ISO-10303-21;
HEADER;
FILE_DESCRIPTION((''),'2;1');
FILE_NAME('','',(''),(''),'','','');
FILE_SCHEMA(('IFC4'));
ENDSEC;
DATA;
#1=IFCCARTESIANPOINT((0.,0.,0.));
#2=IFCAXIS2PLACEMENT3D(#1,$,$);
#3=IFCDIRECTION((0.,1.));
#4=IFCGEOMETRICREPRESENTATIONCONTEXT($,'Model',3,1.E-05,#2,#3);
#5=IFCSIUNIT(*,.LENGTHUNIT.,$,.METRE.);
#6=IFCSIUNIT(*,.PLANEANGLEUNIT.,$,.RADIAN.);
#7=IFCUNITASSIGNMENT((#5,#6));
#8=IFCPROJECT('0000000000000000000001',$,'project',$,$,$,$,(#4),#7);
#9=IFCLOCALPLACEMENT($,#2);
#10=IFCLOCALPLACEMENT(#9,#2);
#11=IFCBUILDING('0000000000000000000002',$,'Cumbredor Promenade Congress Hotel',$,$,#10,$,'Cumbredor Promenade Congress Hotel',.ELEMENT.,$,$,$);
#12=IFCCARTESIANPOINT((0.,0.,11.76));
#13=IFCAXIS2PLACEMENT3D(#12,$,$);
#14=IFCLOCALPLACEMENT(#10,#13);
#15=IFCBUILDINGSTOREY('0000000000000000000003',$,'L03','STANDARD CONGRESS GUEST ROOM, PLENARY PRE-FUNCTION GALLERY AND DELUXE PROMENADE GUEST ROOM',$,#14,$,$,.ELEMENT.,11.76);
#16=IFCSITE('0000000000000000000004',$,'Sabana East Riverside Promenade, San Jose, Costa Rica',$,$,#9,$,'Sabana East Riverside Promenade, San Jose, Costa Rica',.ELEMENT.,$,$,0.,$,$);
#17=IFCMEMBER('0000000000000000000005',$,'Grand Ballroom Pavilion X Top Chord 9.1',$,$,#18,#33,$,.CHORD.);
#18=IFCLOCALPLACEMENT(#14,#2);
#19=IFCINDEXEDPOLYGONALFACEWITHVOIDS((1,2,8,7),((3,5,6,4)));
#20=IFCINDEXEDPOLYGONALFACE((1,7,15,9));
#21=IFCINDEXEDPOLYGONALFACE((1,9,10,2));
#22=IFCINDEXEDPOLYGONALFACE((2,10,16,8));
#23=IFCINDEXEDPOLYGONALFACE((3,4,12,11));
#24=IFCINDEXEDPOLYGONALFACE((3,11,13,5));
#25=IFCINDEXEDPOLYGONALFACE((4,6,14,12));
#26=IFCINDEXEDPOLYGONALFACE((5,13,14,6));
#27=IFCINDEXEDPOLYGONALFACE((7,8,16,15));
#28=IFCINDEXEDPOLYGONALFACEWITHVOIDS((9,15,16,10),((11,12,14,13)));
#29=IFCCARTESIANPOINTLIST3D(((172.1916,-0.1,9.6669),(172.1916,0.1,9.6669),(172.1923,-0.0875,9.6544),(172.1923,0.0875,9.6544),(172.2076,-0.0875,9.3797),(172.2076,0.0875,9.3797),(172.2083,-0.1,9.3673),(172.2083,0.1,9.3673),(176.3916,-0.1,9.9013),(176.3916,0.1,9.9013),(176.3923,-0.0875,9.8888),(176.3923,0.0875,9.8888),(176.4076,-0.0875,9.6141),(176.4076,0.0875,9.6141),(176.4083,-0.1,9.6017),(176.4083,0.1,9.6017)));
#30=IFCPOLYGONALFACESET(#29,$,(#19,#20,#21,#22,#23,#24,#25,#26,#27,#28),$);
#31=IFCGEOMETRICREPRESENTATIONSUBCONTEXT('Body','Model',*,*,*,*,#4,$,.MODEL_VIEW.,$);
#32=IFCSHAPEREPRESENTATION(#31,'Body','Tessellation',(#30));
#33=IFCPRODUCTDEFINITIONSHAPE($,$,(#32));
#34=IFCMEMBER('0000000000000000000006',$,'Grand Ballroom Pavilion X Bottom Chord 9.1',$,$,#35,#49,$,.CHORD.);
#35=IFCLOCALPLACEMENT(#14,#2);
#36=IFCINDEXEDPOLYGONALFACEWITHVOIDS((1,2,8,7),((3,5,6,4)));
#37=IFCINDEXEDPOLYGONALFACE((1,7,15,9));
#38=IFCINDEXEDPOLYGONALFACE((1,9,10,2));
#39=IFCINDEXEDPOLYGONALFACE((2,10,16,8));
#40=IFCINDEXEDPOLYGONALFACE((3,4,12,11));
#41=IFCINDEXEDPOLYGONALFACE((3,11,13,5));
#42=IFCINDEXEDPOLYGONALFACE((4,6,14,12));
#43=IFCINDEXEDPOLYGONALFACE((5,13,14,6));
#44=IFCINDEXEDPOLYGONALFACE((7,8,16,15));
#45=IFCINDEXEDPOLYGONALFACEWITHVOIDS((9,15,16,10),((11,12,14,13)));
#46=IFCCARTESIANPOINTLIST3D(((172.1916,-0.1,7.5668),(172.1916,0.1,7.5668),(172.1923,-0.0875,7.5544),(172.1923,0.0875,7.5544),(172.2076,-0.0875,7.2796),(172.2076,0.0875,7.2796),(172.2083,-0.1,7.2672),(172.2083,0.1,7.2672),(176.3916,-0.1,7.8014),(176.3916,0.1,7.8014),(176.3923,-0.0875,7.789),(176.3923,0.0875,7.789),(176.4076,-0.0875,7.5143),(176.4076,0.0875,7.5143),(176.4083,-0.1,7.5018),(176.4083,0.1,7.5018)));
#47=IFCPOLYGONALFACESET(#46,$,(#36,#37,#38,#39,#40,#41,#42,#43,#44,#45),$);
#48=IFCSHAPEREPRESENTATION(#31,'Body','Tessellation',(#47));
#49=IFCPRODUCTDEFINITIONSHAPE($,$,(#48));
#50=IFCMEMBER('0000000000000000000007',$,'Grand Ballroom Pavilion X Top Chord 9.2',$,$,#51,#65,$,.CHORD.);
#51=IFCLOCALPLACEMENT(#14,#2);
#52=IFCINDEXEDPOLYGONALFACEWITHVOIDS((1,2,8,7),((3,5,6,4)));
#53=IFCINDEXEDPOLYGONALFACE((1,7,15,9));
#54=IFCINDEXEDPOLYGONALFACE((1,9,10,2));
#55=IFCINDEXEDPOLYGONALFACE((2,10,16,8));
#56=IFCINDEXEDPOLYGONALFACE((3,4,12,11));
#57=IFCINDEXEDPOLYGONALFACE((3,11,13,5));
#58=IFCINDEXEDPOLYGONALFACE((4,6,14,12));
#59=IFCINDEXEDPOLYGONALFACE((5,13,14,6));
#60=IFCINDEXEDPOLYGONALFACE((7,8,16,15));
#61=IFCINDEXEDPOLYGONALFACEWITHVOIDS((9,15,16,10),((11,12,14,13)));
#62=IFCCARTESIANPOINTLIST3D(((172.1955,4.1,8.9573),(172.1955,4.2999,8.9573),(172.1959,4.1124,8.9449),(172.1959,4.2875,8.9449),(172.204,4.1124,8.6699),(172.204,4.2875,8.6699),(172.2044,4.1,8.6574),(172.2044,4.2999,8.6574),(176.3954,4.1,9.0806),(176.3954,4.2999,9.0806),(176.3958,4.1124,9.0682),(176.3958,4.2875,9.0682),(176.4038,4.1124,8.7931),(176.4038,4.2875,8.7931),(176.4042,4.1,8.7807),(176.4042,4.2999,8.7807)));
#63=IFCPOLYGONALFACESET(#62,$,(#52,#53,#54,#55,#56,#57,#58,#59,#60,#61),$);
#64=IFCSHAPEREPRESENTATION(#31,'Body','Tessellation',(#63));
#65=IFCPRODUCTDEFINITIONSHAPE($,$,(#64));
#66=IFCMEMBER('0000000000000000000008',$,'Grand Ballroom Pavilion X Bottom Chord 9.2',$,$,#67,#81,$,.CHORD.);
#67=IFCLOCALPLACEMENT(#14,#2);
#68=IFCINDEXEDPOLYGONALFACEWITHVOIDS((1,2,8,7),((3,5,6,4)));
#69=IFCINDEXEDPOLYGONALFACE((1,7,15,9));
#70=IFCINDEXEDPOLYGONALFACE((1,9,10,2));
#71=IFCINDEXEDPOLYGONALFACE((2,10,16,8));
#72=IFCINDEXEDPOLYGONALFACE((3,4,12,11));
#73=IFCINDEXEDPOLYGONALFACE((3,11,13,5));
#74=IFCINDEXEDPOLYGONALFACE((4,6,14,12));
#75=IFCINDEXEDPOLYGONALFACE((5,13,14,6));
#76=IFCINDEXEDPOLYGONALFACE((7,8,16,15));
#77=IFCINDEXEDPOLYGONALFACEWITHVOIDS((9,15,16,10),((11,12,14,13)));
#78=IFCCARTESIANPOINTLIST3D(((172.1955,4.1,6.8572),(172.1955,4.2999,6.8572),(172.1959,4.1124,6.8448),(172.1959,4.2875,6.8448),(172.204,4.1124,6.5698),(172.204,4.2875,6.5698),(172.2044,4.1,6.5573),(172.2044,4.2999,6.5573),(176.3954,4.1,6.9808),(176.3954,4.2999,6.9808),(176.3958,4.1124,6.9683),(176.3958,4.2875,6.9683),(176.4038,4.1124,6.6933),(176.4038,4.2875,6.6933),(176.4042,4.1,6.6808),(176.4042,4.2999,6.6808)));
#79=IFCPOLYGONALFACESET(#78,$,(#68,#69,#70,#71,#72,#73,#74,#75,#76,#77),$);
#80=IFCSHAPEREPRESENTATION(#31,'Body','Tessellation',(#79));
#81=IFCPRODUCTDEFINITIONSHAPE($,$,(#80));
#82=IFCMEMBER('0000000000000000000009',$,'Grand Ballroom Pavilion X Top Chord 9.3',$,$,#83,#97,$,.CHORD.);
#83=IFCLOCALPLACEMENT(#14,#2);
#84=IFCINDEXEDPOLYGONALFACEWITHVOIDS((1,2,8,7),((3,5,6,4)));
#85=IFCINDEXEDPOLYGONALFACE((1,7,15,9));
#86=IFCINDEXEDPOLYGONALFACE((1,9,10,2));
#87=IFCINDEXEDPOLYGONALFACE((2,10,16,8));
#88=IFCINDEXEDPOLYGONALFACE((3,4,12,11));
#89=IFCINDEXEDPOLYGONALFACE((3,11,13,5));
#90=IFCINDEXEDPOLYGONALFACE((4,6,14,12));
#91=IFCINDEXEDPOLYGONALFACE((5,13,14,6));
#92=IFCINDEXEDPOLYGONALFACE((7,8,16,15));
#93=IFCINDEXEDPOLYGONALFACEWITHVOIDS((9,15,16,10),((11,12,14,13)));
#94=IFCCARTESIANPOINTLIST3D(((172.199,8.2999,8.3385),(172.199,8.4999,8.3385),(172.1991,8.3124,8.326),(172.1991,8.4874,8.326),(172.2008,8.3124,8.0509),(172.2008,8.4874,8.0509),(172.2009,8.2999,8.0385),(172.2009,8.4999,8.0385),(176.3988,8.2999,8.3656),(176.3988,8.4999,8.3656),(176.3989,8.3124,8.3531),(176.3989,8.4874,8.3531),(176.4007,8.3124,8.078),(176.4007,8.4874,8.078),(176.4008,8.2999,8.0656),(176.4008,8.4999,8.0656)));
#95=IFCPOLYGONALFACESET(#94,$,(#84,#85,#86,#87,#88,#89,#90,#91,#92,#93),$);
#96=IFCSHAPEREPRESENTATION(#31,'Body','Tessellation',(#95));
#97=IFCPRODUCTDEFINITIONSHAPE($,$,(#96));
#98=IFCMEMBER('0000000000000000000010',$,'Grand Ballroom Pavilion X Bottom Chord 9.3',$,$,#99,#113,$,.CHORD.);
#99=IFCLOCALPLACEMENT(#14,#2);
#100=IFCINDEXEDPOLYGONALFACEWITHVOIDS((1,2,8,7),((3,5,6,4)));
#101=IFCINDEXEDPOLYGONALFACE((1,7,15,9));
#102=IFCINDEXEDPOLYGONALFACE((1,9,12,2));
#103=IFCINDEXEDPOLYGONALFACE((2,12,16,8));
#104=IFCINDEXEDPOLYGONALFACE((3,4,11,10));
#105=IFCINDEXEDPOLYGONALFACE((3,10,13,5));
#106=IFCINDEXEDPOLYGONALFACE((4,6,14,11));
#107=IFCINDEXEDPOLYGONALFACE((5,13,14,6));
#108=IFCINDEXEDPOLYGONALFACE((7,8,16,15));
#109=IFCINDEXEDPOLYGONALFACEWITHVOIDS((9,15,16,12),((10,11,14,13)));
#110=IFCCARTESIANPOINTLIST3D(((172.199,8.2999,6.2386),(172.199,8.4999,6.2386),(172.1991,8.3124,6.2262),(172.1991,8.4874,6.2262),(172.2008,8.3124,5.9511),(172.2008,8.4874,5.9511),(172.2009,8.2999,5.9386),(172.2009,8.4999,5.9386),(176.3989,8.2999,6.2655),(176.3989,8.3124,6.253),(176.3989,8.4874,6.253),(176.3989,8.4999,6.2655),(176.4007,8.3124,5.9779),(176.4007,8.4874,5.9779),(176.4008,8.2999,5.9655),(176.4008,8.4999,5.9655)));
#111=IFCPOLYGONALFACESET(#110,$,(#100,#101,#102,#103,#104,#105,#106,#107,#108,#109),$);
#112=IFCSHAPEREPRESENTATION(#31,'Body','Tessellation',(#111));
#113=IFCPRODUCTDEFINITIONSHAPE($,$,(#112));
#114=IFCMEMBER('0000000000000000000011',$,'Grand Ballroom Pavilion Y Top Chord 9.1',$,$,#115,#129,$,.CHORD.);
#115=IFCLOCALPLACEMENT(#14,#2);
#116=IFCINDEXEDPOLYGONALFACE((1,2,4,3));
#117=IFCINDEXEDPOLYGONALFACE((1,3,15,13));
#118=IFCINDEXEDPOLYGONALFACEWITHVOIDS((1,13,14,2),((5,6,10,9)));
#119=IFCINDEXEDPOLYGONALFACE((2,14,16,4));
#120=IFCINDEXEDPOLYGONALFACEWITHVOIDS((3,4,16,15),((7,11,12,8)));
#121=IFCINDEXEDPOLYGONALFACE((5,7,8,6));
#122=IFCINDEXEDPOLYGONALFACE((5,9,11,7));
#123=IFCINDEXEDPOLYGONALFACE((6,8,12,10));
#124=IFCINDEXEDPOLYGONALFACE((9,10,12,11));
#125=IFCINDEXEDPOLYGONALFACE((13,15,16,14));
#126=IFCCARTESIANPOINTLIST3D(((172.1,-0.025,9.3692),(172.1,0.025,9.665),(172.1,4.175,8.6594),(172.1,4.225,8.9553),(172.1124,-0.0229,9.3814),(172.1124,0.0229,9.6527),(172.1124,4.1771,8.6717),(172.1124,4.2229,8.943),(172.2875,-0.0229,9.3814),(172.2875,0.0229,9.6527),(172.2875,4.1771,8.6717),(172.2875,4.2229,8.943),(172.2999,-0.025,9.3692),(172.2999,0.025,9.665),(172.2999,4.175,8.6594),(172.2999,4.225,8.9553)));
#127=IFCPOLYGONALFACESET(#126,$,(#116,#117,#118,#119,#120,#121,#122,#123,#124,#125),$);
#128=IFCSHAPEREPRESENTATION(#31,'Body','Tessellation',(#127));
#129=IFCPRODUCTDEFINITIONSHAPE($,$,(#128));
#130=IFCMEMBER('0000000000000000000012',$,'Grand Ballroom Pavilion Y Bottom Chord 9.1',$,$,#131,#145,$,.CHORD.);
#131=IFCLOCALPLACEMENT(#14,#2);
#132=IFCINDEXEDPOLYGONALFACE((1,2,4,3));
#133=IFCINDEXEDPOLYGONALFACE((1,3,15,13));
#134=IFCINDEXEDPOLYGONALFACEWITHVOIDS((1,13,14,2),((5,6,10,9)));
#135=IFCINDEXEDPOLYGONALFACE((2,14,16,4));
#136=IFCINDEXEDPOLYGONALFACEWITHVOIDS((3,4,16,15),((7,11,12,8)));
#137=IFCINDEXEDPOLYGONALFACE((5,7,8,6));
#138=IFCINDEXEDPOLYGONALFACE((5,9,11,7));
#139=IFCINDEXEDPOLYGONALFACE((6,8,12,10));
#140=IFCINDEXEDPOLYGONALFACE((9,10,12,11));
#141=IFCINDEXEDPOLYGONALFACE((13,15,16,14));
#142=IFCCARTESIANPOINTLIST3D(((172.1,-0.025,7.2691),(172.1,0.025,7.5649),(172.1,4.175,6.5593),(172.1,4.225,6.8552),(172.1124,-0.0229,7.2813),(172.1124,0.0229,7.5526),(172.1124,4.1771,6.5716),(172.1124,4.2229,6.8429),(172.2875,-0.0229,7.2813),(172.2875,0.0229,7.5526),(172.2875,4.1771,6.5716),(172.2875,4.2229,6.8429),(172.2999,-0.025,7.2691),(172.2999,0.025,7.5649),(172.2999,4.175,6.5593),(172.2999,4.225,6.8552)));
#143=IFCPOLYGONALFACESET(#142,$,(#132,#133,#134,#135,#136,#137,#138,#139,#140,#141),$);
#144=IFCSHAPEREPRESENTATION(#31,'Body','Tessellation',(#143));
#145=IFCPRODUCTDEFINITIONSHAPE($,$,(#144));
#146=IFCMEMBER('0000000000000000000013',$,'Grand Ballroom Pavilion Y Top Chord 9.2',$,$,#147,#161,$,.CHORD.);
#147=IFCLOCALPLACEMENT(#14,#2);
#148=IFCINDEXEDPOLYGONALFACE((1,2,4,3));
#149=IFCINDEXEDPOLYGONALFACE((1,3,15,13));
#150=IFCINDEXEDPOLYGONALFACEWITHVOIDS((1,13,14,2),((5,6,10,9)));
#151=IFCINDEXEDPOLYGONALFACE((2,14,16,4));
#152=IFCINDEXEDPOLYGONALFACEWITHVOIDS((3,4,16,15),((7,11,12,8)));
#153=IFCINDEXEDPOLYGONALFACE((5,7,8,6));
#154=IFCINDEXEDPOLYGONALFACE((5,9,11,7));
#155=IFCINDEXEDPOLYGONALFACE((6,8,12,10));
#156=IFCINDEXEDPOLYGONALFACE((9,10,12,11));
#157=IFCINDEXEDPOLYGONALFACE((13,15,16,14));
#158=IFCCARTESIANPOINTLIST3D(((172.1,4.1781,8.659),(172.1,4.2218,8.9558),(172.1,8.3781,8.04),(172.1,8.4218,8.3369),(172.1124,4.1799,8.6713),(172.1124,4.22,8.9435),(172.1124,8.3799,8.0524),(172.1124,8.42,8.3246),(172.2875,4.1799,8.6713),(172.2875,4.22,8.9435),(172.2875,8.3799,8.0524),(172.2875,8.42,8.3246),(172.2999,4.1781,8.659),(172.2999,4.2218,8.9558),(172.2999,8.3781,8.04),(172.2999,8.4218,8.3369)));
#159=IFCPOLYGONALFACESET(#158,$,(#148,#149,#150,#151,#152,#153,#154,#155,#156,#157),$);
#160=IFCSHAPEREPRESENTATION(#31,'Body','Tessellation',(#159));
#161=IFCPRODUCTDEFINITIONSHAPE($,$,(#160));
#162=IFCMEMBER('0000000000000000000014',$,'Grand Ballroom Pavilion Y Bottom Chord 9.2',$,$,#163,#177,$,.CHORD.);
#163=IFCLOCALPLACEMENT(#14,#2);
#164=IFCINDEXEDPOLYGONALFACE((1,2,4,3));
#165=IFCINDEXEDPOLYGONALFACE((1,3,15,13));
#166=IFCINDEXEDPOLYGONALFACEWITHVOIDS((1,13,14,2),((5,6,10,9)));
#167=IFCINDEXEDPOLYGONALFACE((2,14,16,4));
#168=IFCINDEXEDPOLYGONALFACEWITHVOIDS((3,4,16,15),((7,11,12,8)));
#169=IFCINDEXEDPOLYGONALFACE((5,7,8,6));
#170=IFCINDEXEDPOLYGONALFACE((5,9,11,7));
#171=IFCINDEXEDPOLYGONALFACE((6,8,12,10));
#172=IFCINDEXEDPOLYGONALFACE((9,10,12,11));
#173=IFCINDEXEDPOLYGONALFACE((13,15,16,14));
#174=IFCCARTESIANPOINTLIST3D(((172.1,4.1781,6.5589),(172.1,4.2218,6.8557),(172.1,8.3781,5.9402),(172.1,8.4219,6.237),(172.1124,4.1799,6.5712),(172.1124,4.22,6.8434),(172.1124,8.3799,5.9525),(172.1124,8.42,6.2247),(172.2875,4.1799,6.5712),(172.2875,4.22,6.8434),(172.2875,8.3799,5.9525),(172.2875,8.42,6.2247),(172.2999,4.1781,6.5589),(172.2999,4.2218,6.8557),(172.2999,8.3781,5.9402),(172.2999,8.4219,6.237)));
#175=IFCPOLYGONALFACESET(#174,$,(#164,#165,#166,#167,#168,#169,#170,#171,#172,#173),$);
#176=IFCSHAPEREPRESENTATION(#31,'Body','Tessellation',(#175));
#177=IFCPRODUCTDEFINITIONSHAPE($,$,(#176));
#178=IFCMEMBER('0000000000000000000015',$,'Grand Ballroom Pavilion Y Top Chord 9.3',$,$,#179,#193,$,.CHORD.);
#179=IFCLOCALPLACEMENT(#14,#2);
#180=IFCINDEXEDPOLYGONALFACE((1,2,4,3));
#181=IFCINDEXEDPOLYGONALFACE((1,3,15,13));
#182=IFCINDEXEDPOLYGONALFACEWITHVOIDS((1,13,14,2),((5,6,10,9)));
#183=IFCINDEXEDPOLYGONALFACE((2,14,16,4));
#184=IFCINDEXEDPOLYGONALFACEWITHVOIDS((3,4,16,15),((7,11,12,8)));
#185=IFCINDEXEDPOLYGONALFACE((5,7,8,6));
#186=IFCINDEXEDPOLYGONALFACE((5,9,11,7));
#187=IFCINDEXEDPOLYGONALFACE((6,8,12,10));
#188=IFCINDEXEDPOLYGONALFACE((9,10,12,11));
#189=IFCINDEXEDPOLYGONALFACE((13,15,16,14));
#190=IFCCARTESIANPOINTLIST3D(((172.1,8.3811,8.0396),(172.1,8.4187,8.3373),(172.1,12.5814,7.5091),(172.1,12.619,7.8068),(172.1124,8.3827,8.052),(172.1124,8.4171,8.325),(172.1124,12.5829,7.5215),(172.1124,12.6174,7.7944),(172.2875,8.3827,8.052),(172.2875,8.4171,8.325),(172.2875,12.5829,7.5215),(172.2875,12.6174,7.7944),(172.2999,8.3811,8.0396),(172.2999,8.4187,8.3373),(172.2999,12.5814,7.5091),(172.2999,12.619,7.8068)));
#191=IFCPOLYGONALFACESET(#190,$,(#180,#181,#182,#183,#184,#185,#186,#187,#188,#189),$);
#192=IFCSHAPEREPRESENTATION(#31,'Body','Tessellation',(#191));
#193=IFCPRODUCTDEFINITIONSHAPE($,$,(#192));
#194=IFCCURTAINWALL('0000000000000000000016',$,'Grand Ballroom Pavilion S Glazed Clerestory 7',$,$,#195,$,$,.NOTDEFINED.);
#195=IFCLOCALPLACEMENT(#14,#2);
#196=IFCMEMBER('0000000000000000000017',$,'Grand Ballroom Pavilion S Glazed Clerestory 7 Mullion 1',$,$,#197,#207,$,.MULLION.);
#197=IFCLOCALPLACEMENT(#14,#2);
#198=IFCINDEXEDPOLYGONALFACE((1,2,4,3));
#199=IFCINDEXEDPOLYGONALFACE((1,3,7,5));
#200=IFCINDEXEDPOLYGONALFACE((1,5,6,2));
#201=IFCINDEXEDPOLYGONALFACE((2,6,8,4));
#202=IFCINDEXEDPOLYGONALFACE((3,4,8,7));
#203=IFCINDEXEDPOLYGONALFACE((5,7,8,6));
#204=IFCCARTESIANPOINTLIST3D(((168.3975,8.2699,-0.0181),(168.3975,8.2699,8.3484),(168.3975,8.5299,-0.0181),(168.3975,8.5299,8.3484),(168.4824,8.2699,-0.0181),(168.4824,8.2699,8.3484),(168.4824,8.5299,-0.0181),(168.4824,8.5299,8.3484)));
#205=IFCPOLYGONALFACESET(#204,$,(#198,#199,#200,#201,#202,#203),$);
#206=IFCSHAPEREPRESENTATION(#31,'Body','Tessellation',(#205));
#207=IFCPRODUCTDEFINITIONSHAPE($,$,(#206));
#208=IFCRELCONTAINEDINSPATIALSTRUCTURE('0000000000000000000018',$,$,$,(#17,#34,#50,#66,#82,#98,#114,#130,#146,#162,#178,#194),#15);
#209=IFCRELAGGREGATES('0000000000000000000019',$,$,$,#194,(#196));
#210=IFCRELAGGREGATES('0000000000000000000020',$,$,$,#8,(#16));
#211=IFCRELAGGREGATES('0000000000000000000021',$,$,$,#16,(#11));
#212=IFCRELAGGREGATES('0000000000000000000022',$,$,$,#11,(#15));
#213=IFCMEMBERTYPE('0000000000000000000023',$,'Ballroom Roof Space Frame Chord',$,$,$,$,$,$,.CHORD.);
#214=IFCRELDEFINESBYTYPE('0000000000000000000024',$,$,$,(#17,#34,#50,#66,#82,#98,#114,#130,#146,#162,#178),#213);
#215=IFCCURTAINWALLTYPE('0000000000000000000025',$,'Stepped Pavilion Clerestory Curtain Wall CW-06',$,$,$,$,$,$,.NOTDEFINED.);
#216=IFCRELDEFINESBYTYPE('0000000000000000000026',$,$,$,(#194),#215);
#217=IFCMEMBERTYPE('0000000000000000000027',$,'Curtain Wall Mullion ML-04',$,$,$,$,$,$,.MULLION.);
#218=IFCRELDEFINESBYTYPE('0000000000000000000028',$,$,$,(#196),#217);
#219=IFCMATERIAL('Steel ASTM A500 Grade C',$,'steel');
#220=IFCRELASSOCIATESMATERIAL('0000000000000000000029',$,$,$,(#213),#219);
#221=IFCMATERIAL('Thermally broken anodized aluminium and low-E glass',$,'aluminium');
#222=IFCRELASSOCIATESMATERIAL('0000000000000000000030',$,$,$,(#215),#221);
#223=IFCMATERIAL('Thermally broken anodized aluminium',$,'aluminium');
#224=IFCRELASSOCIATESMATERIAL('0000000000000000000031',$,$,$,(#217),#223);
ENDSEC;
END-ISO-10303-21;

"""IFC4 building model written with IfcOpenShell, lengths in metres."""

from ifc_helpers import new_model, si_unit, direction, frame, origin, origin_2d, place, context, subcontext, project, spatial, rectangle, hollow_rectangle, extrude, material, material_profile, profile_set, type_object, element, aggregate, save


model = new_model("IFC4")

# Units and contexts
model_context = context("Model", 3, precision=1e-05, world=origin(), true_north=direction((0.0, 1.0)))
body_context = subcontext(model_context, "Body", "Model", "MODEL_VIEW")
ifc_project = project(units=[si_unit("LENGTHUNIT", "METRE"), si_unit("PLANEANGLEUNIT", "RADIAN")], contexts=[model_context])

# Site, building, storey
site_placement = place(None, origin())
site = spatial("IfcSite", under=ifc_project, at=site_placement, Name="Sabana East Riverside Promenade, San Jose, Costa Rica", LongName="Sabana East Riverside Promenade, San Jose, Costa Rica", CompositionType="ELEMENT", RefElevation=0.0)
building_placement = place(site_placement, origin())
building = spatial("IfcBuilding", under=site, at=building_placement, Name="Cumbredor Promenade Congress Hotel", LongName="Cumbredor Promenade Congress Hotel", CompositionType="ELEMENT")
storey_placement = place(building_placement, frame((0.0, 0.0, 11.76)))
storey = spatial("IfcBuildingStorey", under=building, at=storey_placement, Name="L03", Description="STANDARD CONGRESS GUEST ROOM, PLENARY PRE-FUNCTION GALLERY AND DELUXE PROMENADE GUEST ROOM", CompositionType="ELEMENT", Elevation=11.76)

# Members
ifc_material_1 = material(Name="Steel ASTM A500 Grade C", Category="steel")
ifc_material_profile_1 = material_profile(ifc_material_1, hollow_rectangle(XDim=0.2, YDim=0.3, WallThickness=0.0125, at=origin_2d()), Name="HSS 300x200x12.5")
ifc_profile_set_1 = profile_set([ifc_material_profile_1], Name="Steel ASTM A500 Grade C")
member_type_1 = type_object("IfcMemberType", Name="Ballroom Roof Space Frame Chord", PredefinedType="CHORD", material=ifc_profile_set_1)
for number, where, z_axis, x_axis, name in (
    (1, (172.2, 0.0, 9.5171), (0.998447, 0.0, 0.055718), (0.0, 1.0, 0.0), "Grand Ballroom Pavilion X Top Chord 9.1"),
    (2, (172.2, 0.0, 7.417), (0.998443, 0.0, 0.055775), (0.0, 1.0, 0.0), "Grand Ballroom Pavilion X Bottom Chord 9.1"),
):
    element("IfcMember", number, at=place(storey_placement, frame(where, z_axis=z_axis, x_axis=x_axis)), inside=storey, type_object=member_type_1, Name=name, PredefinedType="CHORD", context=body_context, shape_type="SweptSolid", body=[
        extrude(hollow_rectangle(XDim=0.2, YDim=0.3, WallThickness=0.0125, at=origin_2d()), origin(), (0.0, 0.0, 1.0), 4.2065),
    ])
for number, where, z_axis, x_axis, name in (
    (3, (172.2, 4.2, 8.8074), (0.999569, 0.0, 0.029343), (0.0, 1.0, 0.0), "Grand Ballroom Pavilion X Top Chord 9.2"),
    (4, (172.2, 4.2, 6.7073), (0.999568, 0.0, 0.029401), (0.0, 1.0, 0.0), "Grand Ballroom Pavilion X Bottom Chord 9.2"),
):
    element("IfcMember", number, at=place(storey_placement, frame(where, z_axis=z_axis, x_axis=x_axis)), inside=storey, type_object=member_type_1, Name=name, PredefinedType="CHORD", context=body_context, shape_type="SweptSolid", body=[
        extrude(hollow_rectangle(XDim=0.2, YDim=0.3, WallThickness=0.0125, at=origin_2d()), origin(), (0.0, 0.0, 1.0), 4.2017),
    ])
for number, where, z_axis, x_axis, name in (
    (5, (172.2, 8.3999, 8.1885), (0.999979, 0.0, 0.006452), (0.0, 1.0, 0.0), "Grand Ballroom Pavilion X Top Chord 9.3"),
    (6, (172.2, 8.3999, 6.0886), (0.99998, 0.0, 0.006394), (0.0, 1.0, 0.0), "Grand Ballroom Pavilion X Bottom Chord 9.3"),
):
    element("IfcMember", number, at=place(storey_placement, frame(where, z_axis=z_axis, x_axis=x_axis)), inside=storey, type_object=member_type_1, Name=name, PredefinedType="CHORD", context=body_context, shape_type="SweptSolid", body=[
        extrude(hollow_rectangle(XDim=0.2, YDim=0.3, WallThickness=0.0125, at=origin_2d()), origin(), (0.0, 0.0, 1.0), 4.2),
    ])
for number, where, z_axis, x_axis, name in (
    (7, (172.2, 0.0, 9.5171), (0.0, 0.986021, -0.16662), (-1.0, 0.0, 0.0), "Grand Ballroom Pavilion Y Top Chord 9.1"),
    (8, (172.2, 0.0, 7.417), (0.0, 0.986021, -0.16662), (-1.0, 0.0, 0.0), "Grand Ballroom Pavilion Y Bottom Chord 9.1"),
):
    element("IfcMember", number, at=place(storey_placement, frame(where, z_axis=z_axis, x_axis=x_axis)), inside=storey, type_object=member_type_1, Name=name, PredefinedType="CHORD", context=body_context, shape_type="SweptSolid", body=[
        extrude(hollow_rectangle(XDim=0.2, YDim=0.3, WallThickness=0.0125, at=origin_2d()), origin(), (0.0, 0.0, 1.0), 4.2595),
    ])
for number, where, z_axis, x_axis, name in (
    (9, (172.2, 4.2, 8.8074), (0.0, 0.989316, -0.145784), (-1.0, 0.0, 0.0), "Grand Ballroom Pavilion Y Top Chord 9.2"),
    (10, (172.2, 4.2, 6.7073), (0.0, 0.989325, -0.145727), (-1.0, 0.0, 0.0), "Grand Ballroom Pavilion Y Bottom Chord 9.2"),
):
    element("IfcMember", number, at=place(storey_placement, frame(where, z_axis=z_axis, x_axis=x_axis)), inside=storey, type_object=member_type_1, Name=name, PredefinedType="CHORD", context=body_context, shape_type="SweptSolid", body=[
        extrude(hollow_rectangle(XDim=0.2, YDim=0.3, WallThickness=0.0125, at=origin_2d()), origin(), (0.0, 0.0, 1.0), 4.2454),
    ])
member_1_placement = place(storey_placement, frame((172.2, 8.3999, 8.1885), z_axis=(0.0, 0.992117, -0.125312), x_axis=(-1.0, 0.0, 0.0)))
element("IfcMember", 11, at=member_1_placement, inside=storey, type_object=member_type_1, Name="Grand Ballroom Pavilion Y Top Chord 9.3", PredefinedType="CHORD", context=body_context, shape_type="SweptSolid", body=[
    extrude(hollow_rectangle(XDim=0.2, YDim=0.3, WallThickness=0.0125, at=origin_2d()), origin(), (0.0, 0.0, 1.0), 4.2336),
])

# Curtain wall, member
ifc_material_2 = material(Name="Thermally broken anodized aluminium and low-E glass", Category="aluminium")
curtain_wall_type = type_object("IfcCurtainWallType", Name="Stepped Pavilion Clerestory Curtain Wall CW-06", PredefinedType="NOTDEFINED", material=ifc_material_2)
curtain_wall_placement = place(storey_placement, origin())
curtain_wall = element("IfcCurtainWall", 12, at=curtain_wall_placement, inside=storey, type_object=curtain_wall_type, Name="Grand Ballroom Pavilion S Glazed Clerestory 7", PredefinedType="NOTDEFINED")
ifc_material_3 = material(Name="Thermally broken anodized aluminium", Category="aluminium")
ifc_material_profile_2 = material_profile(ifc_material_3, rectangle(XDim=0.085, YDim=0.26, at=origin_2d()), Name="ALU MULLION CLERESTORY 85x260")
ifc_profile_set_2 = profile_set([ifc_material_profile_2], Name="Thermally broken anodized aluminium")
member_type_2 = type_object("IfcMemberType", Name="Curtain Wall Mullion ML-04", PredefinedType="MULLION", material=ifc_profile_set_2)
member_2_placement = place(storey_placement, frame((168.4399, 8.3999, -0.0181), z_axis=(0.0, 0.0, 1.0), x_axis=(1.0, 0.0, 0.0)))
member_2 = element("IfcMember", 13, at=member_2_placement, type_object=member_type_2, Name="Grand Ballroom Pavilion S Glazed Clerestory 7 Mullion 1", PredefinedType="MULLION", context=body_context, shape_type="SweptSolid", body=[
    extrude(rectangle(XDim=0.085, YDim=0.26, at=origin_2d()), origin(), (0.0, 0.0, 1.0), 8.3665),
])

aggregate(curtain_wall, [member_2])

save(model, "model.ifc")
